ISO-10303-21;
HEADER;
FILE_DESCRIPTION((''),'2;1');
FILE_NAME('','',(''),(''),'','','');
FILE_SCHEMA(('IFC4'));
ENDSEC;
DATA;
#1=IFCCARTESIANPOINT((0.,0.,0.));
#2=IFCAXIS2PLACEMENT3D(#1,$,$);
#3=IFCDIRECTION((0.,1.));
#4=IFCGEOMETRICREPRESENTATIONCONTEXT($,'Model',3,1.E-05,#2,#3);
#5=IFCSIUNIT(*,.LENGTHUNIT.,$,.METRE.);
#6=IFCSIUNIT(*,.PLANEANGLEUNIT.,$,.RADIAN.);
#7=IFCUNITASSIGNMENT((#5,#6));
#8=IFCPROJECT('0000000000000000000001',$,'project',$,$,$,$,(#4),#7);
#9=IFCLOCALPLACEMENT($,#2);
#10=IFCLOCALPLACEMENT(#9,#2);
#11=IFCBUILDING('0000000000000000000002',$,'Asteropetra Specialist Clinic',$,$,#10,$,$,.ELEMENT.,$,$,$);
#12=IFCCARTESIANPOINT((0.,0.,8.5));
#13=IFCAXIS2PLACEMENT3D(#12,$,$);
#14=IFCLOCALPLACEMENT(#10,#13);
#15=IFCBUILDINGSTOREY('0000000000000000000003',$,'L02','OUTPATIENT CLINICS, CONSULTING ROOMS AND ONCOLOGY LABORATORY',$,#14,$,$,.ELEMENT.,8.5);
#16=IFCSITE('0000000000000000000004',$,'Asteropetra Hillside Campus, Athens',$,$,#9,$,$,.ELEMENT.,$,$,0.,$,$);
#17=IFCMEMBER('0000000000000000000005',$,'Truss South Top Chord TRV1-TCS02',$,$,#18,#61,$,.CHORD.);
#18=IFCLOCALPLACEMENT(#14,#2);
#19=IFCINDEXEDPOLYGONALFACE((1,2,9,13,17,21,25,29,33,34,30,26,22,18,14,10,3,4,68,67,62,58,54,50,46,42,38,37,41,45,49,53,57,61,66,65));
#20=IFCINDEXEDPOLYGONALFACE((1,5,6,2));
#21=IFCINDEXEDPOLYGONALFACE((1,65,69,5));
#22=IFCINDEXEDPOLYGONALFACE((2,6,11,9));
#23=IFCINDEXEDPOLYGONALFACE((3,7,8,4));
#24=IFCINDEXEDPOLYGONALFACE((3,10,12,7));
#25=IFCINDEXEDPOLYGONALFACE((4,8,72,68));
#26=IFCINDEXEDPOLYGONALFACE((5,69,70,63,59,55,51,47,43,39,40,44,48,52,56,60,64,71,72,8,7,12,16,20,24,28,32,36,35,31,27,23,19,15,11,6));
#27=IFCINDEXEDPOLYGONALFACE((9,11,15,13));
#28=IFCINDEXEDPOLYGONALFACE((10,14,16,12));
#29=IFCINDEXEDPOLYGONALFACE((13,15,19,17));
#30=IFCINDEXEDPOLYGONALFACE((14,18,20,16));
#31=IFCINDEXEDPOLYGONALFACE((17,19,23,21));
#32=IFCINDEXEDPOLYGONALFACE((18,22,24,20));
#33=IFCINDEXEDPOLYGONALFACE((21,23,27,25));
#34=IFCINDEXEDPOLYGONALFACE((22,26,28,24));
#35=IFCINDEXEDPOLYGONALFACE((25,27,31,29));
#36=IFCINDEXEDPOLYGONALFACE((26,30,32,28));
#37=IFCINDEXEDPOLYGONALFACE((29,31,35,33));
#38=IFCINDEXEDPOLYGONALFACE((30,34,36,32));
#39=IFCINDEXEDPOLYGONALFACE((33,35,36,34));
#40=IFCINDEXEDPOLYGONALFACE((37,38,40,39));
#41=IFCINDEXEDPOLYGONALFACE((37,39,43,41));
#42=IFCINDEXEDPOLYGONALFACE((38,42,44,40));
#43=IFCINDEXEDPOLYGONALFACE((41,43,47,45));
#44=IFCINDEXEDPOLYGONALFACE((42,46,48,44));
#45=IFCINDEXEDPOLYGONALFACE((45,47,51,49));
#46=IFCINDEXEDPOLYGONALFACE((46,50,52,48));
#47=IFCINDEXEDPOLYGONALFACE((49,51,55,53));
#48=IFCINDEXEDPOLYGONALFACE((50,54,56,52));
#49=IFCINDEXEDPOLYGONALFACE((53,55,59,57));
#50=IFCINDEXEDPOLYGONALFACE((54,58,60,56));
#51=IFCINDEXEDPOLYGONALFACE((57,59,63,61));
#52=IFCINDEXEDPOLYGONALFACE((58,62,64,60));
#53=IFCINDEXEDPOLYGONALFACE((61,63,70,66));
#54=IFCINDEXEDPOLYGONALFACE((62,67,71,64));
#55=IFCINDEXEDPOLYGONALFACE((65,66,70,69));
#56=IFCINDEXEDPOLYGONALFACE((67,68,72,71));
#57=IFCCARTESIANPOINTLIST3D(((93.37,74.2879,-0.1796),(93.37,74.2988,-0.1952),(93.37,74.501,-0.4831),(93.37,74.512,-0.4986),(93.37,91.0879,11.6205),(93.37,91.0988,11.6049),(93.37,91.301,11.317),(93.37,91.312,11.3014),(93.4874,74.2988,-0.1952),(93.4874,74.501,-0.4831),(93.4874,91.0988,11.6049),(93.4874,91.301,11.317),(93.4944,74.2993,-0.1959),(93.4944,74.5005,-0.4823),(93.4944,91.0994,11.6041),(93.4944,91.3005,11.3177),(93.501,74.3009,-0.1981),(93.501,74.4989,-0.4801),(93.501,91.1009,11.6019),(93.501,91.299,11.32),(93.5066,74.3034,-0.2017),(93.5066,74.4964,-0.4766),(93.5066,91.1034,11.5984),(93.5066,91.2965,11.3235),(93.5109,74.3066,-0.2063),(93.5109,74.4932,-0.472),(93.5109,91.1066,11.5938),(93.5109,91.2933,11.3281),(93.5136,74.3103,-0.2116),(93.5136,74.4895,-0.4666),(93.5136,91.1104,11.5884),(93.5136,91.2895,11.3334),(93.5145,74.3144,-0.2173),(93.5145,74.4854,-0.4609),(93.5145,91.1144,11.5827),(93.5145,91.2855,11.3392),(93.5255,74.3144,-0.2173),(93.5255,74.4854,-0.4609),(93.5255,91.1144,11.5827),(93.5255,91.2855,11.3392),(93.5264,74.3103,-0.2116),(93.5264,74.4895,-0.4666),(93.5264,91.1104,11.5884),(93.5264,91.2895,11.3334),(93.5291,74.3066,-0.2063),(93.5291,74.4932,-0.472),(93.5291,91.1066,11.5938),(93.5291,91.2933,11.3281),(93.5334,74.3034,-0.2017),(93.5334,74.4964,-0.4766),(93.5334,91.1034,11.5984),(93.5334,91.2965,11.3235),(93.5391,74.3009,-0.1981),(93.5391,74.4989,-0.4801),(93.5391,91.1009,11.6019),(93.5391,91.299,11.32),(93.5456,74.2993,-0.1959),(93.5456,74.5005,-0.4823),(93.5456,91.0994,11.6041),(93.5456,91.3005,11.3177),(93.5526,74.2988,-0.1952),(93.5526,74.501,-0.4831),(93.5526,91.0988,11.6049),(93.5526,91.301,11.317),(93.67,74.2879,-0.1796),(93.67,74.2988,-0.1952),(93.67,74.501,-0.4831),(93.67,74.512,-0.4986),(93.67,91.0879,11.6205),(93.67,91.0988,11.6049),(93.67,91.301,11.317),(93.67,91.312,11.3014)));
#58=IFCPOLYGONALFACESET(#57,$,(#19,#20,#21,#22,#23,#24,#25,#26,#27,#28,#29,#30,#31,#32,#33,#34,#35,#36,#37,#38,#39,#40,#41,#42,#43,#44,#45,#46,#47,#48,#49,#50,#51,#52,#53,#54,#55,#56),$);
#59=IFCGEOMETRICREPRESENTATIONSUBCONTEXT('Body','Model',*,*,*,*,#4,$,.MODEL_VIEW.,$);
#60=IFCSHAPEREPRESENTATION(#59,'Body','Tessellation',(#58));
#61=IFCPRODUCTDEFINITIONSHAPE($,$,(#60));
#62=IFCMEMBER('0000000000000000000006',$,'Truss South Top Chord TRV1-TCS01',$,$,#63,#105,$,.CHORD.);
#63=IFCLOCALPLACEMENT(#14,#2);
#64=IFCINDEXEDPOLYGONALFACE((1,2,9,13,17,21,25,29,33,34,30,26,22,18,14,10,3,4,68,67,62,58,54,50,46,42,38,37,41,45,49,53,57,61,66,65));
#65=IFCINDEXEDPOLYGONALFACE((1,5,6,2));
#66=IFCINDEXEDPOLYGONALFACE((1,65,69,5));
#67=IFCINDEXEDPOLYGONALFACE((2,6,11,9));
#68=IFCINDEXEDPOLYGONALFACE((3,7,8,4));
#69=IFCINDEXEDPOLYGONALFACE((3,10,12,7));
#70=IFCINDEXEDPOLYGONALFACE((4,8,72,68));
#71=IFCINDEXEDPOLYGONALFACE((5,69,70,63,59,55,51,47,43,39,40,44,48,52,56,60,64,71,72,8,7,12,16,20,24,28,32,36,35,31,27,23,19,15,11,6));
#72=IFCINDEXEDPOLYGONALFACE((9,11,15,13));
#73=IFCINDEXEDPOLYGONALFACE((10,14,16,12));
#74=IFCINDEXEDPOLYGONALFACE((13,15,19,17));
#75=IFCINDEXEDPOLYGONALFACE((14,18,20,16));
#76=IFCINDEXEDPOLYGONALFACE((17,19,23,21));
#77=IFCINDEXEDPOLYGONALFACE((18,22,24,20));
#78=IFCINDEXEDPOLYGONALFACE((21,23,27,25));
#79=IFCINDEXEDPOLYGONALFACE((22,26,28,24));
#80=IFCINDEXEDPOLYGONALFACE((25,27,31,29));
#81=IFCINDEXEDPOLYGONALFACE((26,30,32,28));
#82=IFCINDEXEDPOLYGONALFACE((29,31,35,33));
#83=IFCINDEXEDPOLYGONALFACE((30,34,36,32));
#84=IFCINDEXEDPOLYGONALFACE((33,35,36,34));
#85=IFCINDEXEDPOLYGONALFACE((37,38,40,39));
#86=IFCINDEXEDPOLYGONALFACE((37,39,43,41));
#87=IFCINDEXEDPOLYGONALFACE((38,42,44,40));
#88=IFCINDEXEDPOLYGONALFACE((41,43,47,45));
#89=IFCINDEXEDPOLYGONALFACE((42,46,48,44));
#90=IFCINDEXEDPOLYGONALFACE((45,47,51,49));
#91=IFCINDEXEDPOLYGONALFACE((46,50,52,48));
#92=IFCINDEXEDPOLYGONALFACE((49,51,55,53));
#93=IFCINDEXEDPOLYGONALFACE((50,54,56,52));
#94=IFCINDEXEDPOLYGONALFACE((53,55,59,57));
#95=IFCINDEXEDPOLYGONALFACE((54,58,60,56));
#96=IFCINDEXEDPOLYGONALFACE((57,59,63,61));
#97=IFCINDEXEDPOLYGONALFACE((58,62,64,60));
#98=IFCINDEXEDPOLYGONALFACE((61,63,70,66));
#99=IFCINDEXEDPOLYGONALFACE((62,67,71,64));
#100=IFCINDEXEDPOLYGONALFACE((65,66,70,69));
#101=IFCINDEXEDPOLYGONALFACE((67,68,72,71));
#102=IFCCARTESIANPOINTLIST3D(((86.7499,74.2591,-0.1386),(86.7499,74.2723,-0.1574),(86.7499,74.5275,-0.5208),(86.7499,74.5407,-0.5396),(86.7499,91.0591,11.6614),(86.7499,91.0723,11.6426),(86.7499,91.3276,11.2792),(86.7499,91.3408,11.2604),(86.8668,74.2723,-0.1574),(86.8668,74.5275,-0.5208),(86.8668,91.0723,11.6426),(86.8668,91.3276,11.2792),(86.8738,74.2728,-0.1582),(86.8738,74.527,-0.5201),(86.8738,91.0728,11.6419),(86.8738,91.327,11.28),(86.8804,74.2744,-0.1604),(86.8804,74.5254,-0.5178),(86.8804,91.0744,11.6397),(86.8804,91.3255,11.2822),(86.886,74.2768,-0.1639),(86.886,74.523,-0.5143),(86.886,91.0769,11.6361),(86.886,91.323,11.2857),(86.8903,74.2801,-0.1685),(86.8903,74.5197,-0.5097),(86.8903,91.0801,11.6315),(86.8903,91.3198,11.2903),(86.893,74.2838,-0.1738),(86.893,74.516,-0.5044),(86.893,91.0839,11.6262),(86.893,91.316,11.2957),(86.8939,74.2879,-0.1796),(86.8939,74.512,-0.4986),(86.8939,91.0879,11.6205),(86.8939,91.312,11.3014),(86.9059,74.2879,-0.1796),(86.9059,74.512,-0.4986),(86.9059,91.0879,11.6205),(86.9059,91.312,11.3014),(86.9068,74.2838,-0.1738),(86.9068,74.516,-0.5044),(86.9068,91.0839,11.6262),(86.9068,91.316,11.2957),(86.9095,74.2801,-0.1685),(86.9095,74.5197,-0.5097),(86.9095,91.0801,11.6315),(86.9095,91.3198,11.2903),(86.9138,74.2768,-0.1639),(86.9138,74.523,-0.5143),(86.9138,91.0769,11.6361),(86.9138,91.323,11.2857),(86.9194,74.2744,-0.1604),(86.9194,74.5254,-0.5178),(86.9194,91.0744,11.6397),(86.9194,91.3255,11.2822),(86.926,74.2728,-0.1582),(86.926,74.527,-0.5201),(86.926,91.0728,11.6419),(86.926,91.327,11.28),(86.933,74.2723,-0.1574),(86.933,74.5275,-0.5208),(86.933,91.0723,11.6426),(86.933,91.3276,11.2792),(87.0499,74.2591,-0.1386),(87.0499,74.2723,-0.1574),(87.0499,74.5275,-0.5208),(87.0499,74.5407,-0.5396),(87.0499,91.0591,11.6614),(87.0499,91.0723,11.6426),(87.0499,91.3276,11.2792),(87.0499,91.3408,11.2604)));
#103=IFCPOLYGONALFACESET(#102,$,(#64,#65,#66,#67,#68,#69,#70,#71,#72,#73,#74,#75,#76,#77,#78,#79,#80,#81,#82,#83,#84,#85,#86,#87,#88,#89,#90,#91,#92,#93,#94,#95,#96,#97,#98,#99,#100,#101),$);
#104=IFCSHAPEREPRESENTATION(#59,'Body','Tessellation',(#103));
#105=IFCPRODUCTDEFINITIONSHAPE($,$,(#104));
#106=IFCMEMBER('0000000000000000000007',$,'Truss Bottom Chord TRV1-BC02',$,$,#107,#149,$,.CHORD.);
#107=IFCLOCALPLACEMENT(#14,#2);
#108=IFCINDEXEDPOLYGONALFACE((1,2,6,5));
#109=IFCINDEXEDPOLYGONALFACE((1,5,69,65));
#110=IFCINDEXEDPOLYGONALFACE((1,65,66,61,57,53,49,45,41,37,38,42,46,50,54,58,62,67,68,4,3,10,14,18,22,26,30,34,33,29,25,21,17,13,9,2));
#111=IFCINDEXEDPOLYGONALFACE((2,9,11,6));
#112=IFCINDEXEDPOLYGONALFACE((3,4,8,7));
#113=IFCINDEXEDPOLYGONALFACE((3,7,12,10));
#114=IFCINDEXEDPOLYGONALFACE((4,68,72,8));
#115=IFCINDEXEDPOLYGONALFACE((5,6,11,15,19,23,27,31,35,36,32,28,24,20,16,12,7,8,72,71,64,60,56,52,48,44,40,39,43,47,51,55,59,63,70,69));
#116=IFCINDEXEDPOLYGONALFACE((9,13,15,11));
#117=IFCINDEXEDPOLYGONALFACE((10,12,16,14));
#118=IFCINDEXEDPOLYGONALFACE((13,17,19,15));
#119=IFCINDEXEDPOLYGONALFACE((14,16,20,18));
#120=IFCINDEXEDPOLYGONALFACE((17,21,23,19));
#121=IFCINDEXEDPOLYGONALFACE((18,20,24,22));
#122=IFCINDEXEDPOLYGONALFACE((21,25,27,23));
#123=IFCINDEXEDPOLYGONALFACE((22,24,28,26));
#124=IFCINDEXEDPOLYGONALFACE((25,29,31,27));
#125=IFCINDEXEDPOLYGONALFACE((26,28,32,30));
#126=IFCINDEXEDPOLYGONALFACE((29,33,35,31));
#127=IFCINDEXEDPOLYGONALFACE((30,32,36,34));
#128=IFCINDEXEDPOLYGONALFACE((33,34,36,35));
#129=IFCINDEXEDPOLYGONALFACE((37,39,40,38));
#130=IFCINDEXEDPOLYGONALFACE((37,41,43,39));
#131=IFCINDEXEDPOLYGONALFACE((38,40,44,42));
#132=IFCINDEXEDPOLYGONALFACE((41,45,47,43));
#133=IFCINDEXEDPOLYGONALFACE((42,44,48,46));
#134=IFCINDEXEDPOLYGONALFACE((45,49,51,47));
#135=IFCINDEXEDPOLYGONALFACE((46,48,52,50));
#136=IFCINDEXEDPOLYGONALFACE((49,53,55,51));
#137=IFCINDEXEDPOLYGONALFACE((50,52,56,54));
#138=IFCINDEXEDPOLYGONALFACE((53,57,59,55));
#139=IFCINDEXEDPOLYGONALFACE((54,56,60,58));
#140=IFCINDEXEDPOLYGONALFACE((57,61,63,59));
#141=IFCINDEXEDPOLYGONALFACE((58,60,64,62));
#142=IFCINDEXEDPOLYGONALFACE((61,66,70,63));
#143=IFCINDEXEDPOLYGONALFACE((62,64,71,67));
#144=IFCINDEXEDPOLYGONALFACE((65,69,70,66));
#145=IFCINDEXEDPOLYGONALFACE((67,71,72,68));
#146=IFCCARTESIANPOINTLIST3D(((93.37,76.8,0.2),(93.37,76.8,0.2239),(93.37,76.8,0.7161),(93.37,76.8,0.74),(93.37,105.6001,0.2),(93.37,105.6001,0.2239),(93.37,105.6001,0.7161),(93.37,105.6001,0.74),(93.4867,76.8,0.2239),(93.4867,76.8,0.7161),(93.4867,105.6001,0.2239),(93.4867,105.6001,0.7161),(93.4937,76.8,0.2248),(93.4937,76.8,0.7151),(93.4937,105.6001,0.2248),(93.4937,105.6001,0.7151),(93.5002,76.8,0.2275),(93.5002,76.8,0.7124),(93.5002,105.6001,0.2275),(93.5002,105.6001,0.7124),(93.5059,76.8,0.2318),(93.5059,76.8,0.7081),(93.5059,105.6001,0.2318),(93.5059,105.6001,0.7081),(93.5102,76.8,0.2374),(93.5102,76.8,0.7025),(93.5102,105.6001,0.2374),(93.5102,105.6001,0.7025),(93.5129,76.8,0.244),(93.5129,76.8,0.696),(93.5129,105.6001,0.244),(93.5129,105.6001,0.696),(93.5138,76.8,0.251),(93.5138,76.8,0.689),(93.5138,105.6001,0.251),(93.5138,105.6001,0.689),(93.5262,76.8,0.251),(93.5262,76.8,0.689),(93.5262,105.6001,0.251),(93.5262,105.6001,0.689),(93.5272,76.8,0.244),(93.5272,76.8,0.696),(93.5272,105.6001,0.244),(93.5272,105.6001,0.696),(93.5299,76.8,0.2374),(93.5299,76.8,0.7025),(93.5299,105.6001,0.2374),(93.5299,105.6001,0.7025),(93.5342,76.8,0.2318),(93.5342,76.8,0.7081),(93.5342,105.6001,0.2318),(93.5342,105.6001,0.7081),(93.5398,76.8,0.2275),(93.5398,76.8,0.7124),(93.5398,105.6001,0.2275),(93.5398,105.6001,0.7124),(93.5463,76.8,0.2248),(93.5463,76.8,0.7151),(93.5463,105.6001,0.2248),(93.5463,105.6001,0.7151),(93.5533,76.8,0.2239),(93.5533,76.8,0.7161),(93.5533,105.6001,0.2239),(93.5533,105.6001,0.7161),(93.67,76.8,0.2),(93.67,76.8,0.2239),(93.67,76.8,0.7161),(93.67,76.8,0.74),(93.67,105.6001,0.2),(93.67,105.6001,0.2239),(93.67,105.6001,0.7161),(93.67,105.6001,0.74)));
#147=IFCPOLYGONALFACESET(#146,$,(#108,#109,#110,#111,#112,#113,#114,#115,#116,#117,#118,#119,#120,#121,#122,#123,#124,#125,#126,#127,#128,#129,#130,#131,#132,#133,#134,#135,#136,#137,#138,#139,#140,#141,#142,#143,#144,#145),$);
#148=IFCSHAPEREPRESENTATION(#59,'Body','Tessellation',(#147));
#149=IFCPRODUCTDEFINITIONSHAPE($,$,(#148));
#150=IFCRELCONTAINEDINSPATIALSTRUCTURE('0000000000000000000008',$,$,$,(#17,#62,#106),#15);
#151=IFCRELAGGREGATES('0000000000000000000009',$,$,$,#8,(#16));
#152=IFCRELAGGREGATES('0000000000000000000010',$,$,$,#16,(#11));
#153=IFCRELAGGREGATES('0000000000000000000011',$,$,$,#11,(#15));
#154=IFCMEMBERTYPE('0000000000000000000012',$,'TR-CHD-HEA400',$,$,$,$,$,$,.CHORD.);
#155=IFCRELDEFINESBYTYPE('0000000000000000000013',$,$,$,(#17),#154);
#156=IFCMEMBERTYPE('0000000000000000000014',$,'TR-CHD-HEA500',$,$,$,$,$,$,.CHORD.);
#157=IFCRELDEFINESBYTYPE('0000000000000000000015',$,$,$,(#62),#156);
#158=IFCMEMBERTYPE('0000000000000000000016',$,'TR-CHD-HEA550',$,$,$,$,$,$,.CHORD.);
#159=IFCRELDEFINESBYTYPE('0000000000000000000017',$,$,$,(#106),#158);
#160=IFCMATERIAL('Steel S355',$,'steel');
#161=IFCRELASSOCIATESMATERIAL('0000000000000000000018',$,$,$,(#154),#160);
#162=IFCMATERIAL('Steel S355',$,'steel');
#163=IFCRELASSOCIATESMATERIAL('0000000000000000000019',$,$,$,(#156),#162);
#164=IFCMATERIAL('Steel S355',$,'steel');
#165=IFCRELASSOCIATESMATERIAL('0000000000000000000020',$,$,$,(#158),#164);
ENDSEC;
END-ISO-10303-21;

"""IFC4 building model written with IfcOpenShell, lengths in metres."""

from ifc_helpers import new_model, si_unit, direction, frame, origin, origin_2d, place, context, subcontext, project, spatial, i_section, extrude, material, material_profile, profile_set, type_object, element, save


model = new_model("IFC4")

# Units and contexts
model_context = context("Model", 3, precision=1e-05, world=origin(), true_north=direction((0.0, 1.0)))
body_context = subcontext(model_context, "Body", "Model", "MODEL_VIEW")
ifc_project = project(units=[si_unit("LENGTHUNIT", "METRE"), si_unit("PLANEANGLEUNIT", "RADIAN")], contexts=[model_context])

# Site, building, storey
site_placement = place(None, origin())
site = spatial("IfcSite", under=ifc_project, at=site_placement, Name="Asteropetra Hillside Campus, Athens", CompositionType="ELEMENT", RefElevation=0.0)
building_placement = place(site_placement, origin())
building = spatial("IfcBuilding", under=site, at=building_placement, Name="Asteropetra Specialist Clinic", CompositionType="ELEMENT")
storey_placement = place(building_placement, frame((0.0, 0.0, 8.5)))
storey = spatial("IfcBuildingStorey", under=building, at=storey_placement, Name="L02", Description="OUTPATIENT CLINICS, CONSULTING ROOMS AND ONCOLOGY LABORATORY", CompositionType="ELEMENT", Elevation=8.5)

# Members
ifc_material_1 = material(Name="Steel S355", Category="steel")
ifc_material_profile_1 = material_profile(ifc_material_1, i_section(OverallWidth=0.3, OverallDepth=0.3899, WebThickness=0.011, FlangeThickness=0.019, FilletRadius=0.0271, at=origin_2d()), Name="HEA 400")
ifc_profile_set_1 = profile_set([ifc_material_profile_1], Name="Steel S355")
member_type_1 = type_object("IfcMemberType", Name="TR-CHD-HEA400", PredefinedType="CHORD", material=ifc_profile_set_1)
member_1_placement = place(storey_placement, frame((93.52, 74.3999, -0.3391), z_axis=(0.0, 0.818315, 0.57477), x_axis=(-1.0, 0.0, 0.0)))
element("IfcMember", 1, at=member_1_placement, inside=storey, type_object=member_type_1, Name="Truss South Top Chord TRV1-TCS02", PredefinedType="CHORD", context=body_context, shape_type="SweptSolid", body=[
    extrude(i_section(OverallWidth=0.3, OverallDepth=0.3899, WebThickness=0.011, FlangeThickness=0.019, FilletRadius=0.0271, at=origin_2d()), origin(), (0.0, 0.0, 1.0), 20.53),
])
ifc_material_2 = material(Name="Steel S355", Category="steel")
ifc_material_profile_2 = material_profile(ifc_material_2, i_section(OverallWidth=0.3, OverallDepth=0.49, WebThickness=0.012, FlangeThickness=0.0229, FilletRadius=0.0271, at=origin_2d()), Name="HEA 500")
ifc_profile_set_2 = profile_set([ifc_material_profile_2], Name="Steel S355")
member_type_2 = type_object("IfcMemberType", Name="TR-CHD-HEA500", PredefinedType="CHORD", material=ifc_profile_set_2)
member_2_placement = place(storey_placement, frame((86.8999, 74.3999, -0.3391), z_axis=(0.0, 0.818315, 0.57477), x_axis=(-1.0, 0.0, 0.0)))
element("IfcMember", 2, at=member_2_placement, inside=storey, type_object=member_type_2, Name="Truss South Top Chord TRV1-TCS01", PredefinedType="CHORD", context=body_context, shape_type="SweptSolid", body=[
    extrude(i_section(OverallWidth=0.3, OverallDepth=0.49, WebThickness=0.012, FlangeThickness=0.0229, FilletRadius=0.0271, at=origin_2d()), origin(), (0.0, 0.0, 1.0), 20.53),
])
ifc_material_3 = material(Name="Steel S355", Category="steel")
ifc_material_profile_3 = material_profile(ifc_material_3, i_section(OverallWidth=0.3, OverallDepth=0.54, WebThickness=0.0125, FlangeThickness=0.0239, FilletRadius=0.0271, at=origin_2d()), Name="HEA 550")
ifc_profile_set_3 = profile_set([ifc_material_profile_3], Name="Steel S355")
member_type_3 = type_object("IfcMemberType", Name="TR-CHD-HEA550", PredefinedType="CHORD", material=ifc_profile_set_3)
member_3_placement = place(storey_placement, frame((93.52, 76.8, 0.47), z_axis=(0.0, 1.0, 0.0), x_axis=(-1.0, 0.0, 0.0)))
element("IfcMember", 3, at=member_3_placement, inside=storey, type_object=member_type_3, Name="Truss Bottom Chord TRV1-BC02", PredefinedType="CHORD", context=body_context, shape_type="SweptSolid", body=[
    extrude(i_section(OverallWidth=0.3, OverallDepth=0.54, WebThickness=0.0125, FlangeThickness=0.0239, FilletRadius=0.0271, at=origin_2d()), origin(), (0.0, 0.0, 1.0), 28.8),
])

save(model, "model.ifc")
